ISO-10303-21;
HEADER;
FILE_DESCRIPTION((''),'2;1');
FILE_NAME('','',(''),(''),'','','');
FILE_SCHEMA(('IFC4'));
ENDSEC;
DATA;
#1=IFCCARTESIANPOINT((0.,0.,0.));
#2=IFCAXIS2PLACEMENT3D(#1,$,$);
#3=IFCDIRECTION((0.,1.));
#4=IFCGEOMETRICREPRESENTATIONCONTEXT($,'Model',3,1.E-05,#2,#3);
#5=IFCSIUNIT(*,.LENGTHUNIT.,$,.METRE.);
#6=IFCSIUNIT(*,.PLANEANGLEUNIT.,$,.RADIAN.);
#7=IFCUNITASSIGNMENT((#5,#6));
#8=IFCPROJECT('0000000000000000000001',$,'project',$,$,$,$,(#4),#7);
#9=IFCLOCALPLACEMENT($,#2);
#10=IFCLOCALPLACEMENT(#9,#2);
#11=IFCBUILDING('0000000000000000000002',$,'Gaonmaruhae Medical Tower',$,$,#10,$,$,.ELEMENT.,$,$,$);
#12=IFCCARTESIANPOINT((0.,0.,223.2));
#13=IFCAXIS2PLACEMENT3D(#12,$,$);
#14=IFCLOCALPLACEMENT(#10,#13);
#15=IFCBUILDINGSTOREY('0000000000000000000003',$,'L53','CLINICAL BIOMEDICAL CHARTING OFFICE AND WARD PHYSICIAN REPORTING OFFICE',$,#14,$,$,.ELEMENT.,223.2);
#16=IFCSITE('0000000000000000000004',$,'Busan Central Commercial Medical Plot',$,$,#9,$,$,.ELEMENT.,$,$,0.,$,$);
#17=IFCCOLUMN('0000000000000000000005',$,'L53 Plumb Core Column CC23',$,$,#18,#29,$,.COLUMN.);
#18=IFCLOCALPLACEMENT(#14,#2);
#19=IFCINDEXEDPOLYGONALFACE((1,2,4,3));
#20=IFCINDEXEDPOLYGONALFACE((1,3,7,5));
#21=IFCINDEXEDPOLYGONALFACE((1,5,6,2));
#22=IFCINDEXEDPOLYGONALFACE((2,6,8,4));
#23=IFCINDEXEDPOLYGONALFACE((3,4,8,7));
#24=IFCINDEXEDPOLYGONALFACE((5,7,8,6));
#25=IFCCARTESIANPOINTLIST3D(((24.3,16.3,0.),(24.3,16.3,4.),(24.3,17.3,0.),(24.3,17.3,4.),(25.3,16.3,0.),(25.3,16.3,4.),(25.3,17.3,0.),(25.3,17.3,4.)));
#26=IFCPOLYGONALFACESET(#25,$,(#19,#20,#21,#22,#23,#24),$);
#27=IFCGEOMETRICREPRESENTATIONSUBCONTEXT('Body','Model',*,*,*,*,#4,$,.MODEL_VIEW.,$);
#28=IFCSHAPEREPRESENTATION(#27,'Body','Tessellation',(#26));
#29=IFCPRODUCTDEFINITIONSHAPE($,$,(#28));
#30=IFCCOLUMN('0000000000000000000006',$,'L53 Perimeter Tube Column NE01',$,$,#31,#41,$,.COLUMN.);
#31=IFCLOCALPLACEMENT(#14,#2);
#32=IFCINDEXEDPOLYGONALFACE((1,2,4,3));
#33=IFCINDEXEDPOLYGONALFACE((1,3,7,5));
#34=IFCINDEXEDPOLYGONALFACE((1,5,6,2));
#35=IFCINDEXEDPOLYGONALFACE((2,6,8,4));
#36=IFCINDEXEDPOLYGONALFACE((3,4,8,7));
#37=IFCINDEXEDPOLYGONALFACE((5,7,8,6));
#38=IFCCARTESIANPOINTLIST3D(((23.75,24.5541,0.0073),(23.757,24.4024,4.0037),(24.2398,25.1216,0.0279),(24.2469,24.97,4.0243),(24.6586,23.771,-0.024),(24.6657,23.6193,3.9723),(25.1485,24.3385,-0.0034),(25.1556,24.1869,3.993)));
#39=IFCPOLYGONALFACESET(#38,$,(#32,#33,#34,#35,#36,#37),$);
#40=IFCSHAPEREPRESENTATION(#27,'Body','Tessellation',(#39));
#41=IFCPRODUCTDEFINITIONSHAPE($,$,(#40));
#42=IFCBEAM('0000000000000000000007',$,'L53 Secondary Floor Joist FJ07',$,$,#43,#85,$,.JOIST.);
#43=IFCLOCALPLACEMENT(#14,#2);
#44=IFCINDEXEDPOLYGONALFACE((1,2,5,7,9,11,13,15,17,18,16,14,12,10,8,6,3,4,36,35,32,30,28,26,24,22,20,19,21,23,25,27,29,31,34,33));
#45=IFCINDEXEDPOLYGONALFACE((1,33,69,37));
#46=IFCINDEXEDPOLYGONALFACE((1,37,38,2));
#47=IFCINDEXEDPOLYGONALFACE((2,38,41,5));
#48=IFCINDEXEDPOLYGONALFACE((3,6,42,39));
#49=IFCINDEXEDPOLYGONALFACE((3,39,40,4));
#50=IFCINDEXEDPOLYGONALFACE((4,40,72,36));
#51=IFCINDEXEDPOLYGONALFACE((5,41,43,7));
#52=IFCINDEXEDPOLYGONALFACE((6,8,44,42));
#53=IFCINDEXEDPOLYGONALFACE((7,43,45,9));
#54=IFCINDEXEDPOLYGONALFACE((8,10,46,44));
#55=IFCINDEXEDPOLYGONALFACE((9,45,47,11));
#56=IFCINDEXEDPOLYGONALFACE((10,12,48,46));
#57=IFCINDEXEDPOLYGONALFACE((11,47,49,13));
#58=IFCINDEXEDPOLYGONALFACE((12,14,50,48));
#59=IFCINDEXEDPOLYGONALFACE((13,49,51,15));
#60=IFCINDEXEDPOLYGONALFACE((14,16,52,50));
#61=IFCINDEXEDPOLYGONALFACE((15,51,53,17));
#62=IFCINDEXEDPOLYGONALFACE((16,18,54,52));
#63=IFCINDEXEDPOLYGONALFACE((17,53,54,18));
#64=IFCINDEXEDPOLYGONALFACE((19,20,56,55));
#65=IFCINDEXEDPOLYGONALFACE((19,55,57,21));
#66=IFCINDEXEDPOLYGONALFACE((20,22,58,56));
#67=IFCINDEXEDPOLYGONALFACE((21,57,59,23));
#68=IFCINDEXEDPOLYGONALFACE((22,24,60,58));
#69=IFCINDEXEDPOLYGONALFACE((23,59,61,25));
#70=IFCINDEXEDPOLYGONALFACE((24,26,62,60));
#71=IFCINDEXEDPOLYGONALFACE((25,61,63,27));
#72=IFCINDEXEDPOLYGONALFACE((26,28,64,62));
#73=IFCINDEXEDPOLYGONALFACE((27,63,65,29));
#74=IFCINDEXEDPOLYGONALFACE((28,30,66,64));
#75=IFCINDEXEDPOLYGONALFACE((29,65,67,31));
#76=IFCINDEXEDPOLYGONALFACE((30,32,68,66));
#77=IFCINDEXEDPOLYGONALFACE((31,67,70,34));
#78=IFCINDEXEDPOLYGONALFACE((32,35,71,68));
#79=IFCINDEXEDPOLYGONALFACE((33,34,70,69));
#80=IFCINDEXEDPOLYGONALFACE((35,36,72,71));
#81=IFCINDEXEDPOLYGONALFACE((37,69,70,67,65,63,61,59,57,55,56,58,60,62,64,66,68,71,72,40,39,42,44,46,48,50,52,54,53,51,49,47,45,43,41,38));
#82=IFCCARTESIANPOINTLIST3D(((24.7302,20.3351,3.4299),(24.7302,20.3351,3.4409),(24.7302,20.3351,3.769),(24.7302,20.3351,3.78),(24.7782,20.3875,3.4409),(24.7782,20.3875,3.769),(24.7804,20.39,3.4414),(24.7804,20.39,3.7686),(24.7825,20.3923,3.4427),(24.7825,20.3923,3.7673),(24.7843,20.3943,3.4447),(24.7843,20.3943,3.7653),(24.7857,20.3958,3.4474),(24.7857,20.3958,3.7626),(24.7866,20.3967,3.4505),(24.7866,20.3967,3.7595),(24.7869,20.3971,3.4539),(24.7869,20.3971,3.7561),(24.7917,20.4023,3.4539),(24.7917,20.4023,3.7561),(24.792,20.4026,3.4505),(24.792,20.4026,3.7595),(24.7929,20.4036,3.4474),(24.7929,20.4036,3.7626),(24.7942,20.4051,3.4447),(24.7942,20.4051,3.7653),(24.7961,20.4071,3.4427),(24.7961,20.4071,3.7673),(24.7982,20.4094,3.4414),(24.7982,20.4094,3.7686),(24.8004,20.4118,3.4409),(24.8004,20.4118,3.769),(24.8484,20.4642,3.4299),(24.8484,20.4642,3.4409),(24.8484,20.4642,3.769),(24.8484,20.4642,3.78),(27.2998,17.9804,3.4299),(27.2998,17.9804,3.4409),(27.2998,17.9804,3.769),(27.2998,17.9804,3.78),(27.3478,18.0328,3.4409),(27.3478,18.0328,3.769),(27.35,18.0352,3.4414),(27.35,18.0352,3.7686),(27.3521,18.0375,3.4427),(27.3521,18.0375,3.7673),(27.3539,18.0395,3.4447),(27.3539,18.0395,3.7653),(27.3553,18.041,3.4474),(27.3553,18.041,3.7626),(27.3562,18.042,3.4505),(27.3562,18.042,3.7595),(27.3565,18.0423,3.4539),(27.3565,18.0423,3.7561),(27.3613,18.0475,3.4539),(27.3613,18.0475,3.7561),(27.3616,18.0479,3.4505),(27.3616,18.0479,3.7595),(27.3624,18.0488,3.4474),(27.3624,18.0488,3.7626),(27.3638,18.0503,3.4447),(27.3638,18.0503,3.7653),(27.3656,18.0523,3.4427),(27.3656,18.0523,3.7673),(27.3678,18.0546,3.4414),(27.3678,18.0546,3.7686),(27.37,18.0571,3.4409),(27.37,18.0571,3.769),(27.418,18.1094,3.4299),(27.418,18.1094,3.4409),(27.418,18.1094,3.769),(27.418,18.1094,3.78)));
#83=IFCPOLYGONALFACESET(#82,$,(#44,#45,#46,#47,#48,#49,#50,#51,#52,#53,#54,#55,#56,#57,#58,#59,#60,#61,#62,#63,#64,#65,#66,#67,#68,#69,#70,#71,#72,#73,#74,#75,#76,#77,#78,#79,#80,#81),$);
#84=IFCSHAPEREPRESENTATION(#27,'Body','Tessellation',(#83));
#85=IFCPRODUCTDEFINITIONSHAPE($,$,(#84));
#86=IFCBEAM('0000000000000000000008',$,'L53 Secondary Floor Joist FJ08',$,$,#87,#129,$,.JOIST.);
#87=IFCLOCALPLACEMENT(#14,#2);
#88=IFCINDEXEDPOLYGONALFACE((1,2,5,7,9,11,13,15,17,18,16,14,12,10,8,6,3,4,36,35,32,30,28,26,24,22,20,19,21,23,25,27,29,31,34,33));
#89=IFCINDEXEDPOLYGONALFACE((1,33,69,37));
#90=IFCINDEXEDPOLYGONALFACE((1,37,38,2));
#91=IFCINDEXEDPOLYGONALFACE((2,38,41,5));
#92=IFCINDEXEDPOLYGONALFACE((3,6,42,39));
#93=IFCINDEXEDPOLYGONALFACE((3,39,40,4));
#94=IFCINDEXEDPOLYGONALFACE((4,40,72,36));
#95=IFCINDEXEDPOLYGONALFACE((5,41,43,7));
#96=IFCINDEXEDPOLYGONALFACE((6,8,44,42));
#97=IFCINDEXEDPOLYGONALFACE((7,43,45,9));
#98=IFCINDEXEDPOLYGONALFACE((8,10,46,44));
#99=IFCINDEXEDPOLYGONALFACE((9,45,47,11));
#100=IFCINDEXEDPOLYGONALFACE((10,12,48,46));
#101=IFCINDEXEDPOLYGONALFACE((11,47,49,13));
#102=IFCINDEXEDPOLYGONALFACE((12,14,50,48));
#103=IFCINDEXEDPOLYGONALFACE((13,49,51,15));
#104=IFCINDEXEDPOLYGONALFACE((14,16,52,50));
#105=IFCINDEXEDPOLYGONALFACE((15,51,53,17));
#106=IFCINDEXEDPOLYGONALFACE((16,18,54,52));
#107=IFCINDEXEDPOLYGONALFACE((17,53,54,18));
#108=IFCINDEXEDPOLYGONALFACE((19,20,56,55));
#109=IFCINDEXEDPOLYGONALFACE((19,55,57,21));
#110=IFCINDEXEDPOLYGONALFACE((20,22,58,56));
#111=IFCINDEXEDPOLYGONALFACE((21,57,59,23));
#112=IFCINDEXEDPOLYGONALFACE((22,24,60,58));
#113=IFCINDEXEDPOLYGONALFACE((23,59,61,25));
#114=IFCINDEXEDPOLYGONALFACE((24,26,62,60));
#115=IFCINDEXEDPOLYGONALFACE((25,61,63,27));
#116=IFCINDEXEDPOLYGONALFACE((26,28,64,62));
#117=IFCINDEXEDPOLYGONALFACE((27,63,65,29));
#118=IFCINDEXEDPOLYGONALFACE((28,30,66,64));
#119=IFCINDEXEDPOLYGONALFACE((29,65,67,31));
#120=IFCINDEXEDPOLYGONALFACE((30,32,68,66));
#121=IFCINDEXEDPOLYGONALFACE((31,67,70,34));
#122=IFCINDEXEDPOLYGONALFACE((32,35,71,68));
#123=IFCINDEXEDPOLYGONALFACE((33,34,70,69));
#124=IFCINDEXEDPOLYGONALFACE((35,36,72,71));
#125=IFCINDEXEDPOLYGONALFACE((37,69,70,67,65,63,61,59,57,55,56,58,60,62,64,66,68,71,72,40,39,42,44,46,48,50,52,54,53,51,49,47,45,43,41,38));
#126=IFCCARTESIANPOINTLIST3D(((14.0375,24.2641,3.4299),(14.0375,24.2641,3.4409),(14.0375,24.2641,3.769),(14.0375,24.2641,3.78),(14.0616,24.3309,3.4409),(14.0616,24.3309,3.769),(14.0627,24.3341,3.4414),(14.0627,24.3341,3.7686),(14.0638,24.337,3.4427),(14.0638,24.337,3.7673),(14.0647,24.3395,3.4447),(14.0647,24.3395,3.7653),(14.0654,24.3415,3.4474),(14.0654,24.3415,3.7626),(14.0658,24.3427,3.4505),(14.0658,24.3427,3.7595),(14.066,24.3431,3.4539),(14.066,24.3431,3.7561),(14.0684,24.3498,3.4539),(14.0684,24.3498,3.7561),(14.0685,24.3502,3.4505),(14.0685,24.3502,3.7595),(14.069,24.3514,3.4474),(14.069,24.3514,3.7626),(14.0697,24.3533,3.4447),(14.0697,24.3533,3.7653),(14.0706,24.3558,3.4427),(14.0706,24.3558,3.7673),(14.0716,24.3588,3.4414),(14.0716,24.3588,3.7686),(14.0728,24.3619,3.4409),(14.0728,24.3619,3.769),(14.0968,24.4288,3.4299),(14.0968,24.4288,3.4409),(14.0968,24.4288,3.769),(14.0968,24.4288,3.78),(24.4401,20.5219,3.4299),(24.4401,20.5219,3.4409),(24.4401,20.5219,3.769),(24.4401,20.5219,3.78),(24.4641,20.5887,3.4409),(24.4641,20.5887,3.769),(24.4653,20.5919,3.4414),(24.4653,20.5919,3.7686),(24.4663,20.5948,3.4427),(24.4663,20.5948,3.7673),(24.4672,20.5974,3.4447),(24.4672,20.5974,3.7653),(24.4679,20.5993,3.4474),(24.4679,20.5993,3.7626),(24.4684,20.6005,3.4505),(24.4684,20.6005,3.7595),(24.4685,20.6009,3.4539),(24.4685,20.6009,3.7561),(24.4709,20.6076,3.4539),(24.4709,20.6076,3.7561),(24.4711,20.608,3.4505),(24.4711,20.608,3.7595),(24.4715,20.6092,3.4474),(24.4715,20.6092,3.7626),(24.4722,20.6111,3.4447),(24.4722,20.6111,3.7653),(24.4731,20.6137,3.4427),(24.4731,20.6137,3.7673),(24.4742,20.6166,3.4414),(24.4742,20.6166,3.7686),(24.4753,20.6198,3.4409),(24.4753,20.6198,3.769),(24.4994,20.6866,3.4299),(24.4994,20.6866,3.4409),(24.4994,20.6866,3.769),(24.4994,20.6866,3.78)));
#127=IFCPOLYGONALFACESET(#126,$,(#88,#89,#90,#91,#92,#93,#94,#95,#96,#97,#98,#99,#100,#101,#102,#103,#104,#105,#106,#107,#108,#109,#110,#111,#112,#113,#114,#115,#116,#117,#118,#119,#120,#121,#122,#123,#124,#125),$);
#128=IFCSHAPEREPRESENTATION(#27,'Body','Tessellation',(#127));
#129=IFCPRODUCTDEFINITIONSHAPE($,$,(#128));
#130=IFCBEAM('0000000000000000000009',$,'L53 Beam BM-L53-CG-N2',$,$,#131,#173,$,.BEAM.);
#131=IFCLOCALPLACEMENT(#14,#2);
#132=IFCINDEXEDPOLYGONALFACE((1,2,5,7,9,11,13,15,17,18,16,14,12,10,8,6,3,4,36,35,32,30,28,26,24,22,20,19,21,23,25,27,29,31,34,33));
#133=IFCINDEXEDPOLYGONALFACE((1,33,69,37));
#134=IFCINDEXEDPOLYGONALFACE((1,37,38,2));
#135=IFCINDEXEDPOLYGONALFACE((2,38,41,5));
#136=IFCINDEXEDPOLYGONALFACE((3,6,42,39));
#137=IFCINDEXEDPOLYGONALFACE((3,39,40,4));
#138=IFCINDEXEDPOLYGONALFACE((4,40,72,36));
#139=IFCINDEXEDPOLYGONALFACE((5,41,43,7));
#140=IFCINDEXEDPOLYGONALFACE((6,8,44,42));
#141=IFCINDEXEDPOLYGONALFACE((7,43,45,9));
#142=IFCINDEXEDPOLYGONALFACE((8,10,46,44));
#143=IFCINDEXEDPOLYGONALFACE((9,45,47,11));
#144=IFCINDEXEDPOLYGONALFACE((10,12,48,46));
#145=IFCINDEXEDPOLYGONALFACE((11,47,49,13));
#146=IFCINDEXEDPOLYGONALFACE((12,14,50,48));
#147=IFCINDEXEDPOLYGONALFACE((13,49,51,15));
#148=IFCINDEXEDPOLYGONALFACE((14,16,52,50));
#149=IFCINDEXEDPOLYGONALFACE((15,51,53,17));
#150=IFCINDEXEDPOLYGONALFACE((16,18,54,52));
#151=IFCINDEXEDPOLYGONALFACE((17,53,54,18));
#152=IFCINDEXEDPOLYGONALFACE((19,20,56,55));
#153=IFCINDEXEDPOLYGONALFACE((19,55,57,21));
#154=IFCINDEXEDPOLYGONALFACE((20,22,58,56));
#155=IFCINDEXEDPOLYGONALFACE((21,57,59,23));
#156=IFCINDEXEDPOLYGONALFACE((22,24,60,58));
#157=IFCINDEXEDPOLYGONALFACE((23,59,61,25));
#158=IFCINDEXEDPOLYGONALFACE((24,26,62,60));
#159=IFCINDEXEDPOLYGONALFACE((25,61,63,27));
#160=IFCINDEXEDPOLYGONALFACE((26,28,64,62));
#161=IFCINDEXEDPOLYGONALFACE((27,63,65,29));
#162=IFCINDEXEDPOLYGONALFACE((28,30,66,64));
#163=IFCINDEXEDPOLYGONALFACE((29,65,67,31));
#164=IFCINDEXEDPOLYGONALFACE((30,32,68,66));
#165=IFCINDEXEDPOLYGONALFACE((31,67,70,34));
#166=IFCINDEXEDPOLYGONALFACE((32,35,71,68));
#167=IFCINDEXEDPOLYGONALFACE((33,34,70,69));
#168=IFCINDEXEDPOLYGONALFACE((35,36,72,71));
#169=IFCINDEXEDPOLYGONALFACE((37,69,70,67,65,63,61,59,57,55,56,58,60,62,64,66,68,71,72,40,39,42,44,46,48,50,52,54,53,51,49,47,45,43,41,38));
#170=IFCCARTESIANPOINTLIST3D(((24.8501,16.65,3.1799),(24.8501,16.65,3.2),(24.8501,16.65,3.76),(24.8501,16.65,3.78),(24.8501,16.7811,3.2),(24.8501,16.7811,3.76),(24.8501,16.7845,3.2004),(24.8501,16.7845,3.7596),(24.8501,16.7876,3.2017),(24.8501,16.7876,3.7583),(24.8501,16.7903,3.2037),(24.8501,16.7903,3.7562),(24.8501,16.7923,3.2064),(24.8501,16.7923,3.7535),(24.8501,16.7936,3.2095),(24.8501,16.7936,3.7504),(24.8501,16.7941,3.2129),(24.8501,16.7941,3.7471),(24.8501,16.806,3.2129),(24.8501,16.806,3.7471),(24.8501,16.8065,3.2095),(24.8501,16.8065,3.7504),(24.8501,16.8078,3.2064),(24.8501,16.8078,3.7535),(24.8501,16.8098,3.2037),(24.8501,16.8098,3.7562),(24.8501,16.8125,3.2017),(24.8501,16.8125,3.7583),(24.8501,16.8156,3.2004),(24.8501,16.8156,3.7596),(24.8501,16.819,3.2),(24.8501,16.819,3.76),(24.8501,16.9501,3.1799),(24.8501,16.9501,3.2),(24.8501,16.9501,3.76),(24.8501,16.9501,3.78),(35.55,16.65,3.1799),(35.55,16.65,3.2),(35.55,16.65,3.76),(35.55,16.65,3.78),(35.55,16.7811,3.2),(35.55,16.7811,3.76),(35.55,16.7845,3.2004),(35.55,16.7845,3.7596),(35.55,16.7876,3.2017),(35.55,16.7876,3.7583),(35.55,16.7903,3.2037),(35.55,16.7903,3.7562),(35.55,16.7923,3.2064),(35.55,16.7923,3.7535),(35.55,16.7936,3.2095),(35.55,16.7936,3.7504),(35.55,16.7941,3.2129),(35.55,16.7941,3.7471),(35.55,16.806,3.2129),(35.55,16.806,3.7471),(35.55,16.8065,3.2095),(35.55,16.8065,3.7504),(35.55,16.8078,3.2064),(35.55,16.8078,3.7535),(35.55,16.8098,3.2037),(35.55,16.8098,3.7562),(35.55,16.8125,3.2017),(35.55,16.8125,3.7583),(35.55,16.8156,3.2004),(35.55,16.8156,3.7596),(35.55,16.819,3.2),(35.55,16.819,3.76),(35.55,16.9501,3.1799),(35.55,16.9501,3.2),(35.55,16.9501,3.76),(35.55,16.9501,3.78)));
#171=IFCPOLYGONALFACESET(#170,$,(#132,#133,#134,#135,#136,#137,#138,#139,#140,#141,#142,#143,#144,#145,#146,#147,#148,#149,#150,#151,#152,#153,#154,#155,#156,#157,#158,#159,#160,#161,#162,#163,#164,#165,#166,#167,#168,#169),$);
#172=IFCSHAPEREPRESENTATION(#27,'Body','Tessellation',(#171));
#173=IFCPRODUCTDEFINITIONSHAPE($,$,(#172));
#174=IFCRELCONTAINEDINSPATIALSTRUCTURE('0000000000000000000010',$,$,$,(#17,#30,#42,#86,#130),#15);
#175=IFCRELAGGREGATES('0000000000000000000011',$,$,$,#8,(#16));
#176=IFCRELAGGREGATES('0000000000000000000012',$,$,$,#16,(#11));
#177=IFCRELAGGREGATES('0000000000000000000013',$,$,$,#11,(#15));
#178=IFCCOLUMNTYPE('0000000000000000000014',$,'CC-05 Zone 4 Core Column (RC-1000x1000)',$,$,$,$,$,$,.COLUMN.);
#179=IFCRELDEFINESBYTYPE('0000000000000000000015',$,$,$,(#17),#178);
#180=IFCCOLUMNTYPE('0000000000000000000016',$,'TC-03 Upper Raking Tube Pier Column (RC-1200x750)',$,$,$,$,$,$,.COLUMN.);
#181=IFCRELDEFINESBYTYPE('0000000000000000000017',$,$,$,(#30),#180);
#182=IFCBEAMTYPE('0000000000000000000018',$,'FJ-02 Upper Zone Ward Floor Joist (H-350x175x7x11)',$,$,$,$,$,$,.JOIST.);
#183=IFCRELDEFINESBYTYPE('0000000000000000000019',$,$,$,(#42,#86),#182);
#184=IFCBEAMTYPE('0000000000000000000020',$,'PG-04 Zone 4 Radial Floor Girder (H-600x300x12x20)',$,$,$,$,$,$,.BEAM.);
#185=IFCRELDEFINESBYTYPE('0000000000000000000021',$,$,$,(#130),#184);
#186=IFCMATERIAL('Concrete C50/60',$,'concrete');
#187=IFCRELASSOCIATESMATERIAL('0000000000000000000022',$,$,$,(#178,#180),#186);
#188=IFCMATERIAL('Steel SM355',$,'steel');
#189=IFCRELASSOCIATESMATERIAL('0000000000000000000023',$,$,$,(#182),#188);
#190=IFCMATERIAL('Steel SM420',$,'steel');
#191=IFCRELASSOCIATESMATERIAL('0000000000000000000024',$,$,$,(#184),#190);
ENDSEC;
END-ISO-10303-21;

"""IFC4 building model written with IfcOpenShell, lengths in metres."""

from ifc_helpers import new_model, si_unit, direction, frame, origin, origin_2d, place, context, subcontext, project, spatial, rectangle, i_section, extrude, material, material_profile, profile_set, type_object, element, save


model = new_model("IFC4")

# Units and contexts
model_context = context("Model", 3, precision=1e-05, world=origin(), true_north=direction((0.0, 1.0)))
body_context = subcontext(model_context, "Body", "Model", "MODEL_VIEW")
ifc_project = project(units=[si_unit("LENGTHUNIT", "METRE"), si_unit("PLANEANGLEUNIT", "RADIAN")], contexts=[model_context])

# Site, building, storey
site_placement = place(None, origin())
site = spatial("IfcSite", under=ifc_project, at=site_placement, Name="Busan Central Commercial Medical Plot", CompositionType="ELEMENT", RefElevation=0.0)
building_placement = place(site_placement, origin())
building = spatial("IfcBuilding", under=site, at=building_placement, Name="Gaonmaruhae Medical Tower", CompositionType="ELEMENT")
storey_placement = place(building_placement, frame((0.0, 0.0, 223.2)))
storey = spatial("IfcBuildingStorey", under=building, at=storey_placement, Name="L53", Description="CLINICAL BIOMEDICAL CHARTING OFFICE AND WARD PHYSICIAN REPORTING OFFICE", CompositionType="ELEMENT", Elevation=223.2)

# Columns
ifc_material_1 = material(Name="Concrete C50/60", Category="concrete")
ifc_material_profile_1 = material_profile(ifc_material_1, rectangle(XDim=1.0, YDim=1.0, at=origin_2d()), Name="RC-1000x1000")
ifc_profile_set_1 = profile_set([ifc_material_profile_1], Name="Concrete C50/60")
column_type_1 = type_object("IfcColumnType", Name="CC-05 Zone 4 Core Column (RC-1000x1000)", PredefinedType="COLUMN", material=ifc_profile_set_1)
column_1_placement = place(storey_placement, frame((24.8, 16.8, 0.0), z_axis=(0.0, 0.0, 1.0), x_axis=(1.0, 0.0, 0.0)))
element("IfcColumn", 1, at=column_1_placement, inside=storey, type_object=column_type_1, Name="L53 Plumb Core Column CC23", PredefinedType="COLUMN", context=body_context, shape_type="SweptSolid", body=[
    extrude(rectangle(XDim=1.0, YDim=1.0, at=origin_2d()), origin(), (0.0, 0.0, 1.0), 4.0),
])
ifc_material_profile_2 = material_profile(ifc_material_1, rectangle(XDim=1.2, YDim=0.75, at=origin_2d()), Name="RC-1200x750")
ifc_profile_set_2 = profile_set([ifc_material_profile_2], Name="Concrete C50/60")
column_type_2 = type_object("IfcColumnType", Name="TC-03 Upper Raking Tube Pier Column (RC-1200x750)", PredefinedType="COLUMN", material=ifc_profile_set_2)
column_2_placement = place(storey_placement, frame((24.4492, 24.4463, 0.002), z_axis=(0.00177, -0.03791, 0.99928), x_axis=(-0.757242, 0.652612, 0.0261)))
element("IfcColumn", 2, at=column_2_placement, inside=storey, type_object=column_type_2, Name="L53 Perimeter Tube Column NE01", PredefinedType="COLUMN", context=body_context, shape_type="SweptSolid", body=[
    extrude(rectangle(XDim=1.2, YDim=0.75, at=origin_2d()), origin(), (0.0, 0.0, 1.0), 3.9993),
])

# Beams
ifc_material_2 = material(Name="Steel SM355", Category="steel")
ifc_material_profile_3 = material_profile(ifc_material_2, i_section(OverallWidth=0.175, OverallDepth=0.3501, WebThickness=0.0071, FlangeThickness=0.011, FilletRadius=0.0129, at=origin_2d()), Name="H-350x175x7x11")
ifc_profile_set_3 = profile_set([ifc_material_profile_3], Name="Steel SM355")
beam_type_1 = type_object("IfcBeamType", Name="FJ-02 Upper Zone Ward Floor Joist (H-350x175x7x11)", PredefinedType="JOIST", material=ifc_profile_set_3)
beam_1_placement = place(storey_placement, frame((27.3589, 18.0449, 3.605), z_axis=(-0.737256, 0.675614, 0.0), x_axis=(-0.675614, -0.737256, 0.0)))
element("IfcBeam", 3, at=beam_1_placement, inside=storey, type_object=beam_type_1, Name="L53 Secondary Floor Joist FJ07", PredefinedType="JOIST", context=body_context, shape_type="SweptSolid", body=[
    extrude(i_section(OverallWidth=0.175, OverallDepth=0.3501, WebThickness=0.0071, FlangeThickness=0.011, FilletRadius=0.0129, at=origin_2d()), origin(), (0.0, 0.0, 1.0), 3.4854),
])
beam_2_placement = place(storey_placement, frame((24.4697, 20.6042, 3.605), z_axis=(-0.940966, 0.3385, 0.0), x_axis=(-0.3385, -0.940966, 0.0)))
element("IfcBeam", 4, at=beam_2_placement, inside=storey, type_object=beam_type_1, Name="L53 Secondary Floor Joist FJ08", PredefinedType="JOIST", context=body_context, shape_type="SweptSolid", body=[
    extrude(i_section(OverallWidth=0.175, OverallDepth=0.3501, WebThickness=0.0071, FlangeThickness=0.011, FilletRadius=0.0129, at=origin_2d()), origin(), (0.0, 0.0, 1.0), 11.0552),
])
ifc_material_3 = material(Name="Steel SM420", Category="steel")
ifc_material_profile_4 = material_profile(ifc_material_3, i_section(OverallWidth=0.3, OverallDepth=0.6001, WebThickness=0.012, FlangeThickness=0.02, FilletRadius=0.0129, at=origin_2d()), Name="H-600x300x12x20")
ifc_profile_set_4 = profile_set([ifc_material_profile_4], Name="Steel SM420")
beam_type_2 = type_object("IfcBeamType", Name="PG-04 Zone 4 Radial Floor Girder (H-600x300x12x20)", PredefinedType="BEAM", material=ifc_profile_set_4)
beam_3_placement = place(storey_placement, frame((24.8501, 16.8, 3.48), z_axis=(1.0, 0.0, 0.0), x_axis=(0.0, 1.0, 0.0)))
element("IfcBeam", 5, at=beam_3_placement, inside=storey, type_object=beam_type_2, Name="L53 Beam BM-L53-CG-N2", PredefinedType="BEAM", context=body_context, shape_type="SweptSolid", body=[
    extrude(i_section(OverallWidth=0.3, OverallDepth=0.6001, WebThickness=0.012, FlangeThickness=0.02, FilletRadius=0.0129, at=origin_2d()), origin(), (0.0, 0.0, 1.0), 10.7),
])

save(model, "model.ifc")
